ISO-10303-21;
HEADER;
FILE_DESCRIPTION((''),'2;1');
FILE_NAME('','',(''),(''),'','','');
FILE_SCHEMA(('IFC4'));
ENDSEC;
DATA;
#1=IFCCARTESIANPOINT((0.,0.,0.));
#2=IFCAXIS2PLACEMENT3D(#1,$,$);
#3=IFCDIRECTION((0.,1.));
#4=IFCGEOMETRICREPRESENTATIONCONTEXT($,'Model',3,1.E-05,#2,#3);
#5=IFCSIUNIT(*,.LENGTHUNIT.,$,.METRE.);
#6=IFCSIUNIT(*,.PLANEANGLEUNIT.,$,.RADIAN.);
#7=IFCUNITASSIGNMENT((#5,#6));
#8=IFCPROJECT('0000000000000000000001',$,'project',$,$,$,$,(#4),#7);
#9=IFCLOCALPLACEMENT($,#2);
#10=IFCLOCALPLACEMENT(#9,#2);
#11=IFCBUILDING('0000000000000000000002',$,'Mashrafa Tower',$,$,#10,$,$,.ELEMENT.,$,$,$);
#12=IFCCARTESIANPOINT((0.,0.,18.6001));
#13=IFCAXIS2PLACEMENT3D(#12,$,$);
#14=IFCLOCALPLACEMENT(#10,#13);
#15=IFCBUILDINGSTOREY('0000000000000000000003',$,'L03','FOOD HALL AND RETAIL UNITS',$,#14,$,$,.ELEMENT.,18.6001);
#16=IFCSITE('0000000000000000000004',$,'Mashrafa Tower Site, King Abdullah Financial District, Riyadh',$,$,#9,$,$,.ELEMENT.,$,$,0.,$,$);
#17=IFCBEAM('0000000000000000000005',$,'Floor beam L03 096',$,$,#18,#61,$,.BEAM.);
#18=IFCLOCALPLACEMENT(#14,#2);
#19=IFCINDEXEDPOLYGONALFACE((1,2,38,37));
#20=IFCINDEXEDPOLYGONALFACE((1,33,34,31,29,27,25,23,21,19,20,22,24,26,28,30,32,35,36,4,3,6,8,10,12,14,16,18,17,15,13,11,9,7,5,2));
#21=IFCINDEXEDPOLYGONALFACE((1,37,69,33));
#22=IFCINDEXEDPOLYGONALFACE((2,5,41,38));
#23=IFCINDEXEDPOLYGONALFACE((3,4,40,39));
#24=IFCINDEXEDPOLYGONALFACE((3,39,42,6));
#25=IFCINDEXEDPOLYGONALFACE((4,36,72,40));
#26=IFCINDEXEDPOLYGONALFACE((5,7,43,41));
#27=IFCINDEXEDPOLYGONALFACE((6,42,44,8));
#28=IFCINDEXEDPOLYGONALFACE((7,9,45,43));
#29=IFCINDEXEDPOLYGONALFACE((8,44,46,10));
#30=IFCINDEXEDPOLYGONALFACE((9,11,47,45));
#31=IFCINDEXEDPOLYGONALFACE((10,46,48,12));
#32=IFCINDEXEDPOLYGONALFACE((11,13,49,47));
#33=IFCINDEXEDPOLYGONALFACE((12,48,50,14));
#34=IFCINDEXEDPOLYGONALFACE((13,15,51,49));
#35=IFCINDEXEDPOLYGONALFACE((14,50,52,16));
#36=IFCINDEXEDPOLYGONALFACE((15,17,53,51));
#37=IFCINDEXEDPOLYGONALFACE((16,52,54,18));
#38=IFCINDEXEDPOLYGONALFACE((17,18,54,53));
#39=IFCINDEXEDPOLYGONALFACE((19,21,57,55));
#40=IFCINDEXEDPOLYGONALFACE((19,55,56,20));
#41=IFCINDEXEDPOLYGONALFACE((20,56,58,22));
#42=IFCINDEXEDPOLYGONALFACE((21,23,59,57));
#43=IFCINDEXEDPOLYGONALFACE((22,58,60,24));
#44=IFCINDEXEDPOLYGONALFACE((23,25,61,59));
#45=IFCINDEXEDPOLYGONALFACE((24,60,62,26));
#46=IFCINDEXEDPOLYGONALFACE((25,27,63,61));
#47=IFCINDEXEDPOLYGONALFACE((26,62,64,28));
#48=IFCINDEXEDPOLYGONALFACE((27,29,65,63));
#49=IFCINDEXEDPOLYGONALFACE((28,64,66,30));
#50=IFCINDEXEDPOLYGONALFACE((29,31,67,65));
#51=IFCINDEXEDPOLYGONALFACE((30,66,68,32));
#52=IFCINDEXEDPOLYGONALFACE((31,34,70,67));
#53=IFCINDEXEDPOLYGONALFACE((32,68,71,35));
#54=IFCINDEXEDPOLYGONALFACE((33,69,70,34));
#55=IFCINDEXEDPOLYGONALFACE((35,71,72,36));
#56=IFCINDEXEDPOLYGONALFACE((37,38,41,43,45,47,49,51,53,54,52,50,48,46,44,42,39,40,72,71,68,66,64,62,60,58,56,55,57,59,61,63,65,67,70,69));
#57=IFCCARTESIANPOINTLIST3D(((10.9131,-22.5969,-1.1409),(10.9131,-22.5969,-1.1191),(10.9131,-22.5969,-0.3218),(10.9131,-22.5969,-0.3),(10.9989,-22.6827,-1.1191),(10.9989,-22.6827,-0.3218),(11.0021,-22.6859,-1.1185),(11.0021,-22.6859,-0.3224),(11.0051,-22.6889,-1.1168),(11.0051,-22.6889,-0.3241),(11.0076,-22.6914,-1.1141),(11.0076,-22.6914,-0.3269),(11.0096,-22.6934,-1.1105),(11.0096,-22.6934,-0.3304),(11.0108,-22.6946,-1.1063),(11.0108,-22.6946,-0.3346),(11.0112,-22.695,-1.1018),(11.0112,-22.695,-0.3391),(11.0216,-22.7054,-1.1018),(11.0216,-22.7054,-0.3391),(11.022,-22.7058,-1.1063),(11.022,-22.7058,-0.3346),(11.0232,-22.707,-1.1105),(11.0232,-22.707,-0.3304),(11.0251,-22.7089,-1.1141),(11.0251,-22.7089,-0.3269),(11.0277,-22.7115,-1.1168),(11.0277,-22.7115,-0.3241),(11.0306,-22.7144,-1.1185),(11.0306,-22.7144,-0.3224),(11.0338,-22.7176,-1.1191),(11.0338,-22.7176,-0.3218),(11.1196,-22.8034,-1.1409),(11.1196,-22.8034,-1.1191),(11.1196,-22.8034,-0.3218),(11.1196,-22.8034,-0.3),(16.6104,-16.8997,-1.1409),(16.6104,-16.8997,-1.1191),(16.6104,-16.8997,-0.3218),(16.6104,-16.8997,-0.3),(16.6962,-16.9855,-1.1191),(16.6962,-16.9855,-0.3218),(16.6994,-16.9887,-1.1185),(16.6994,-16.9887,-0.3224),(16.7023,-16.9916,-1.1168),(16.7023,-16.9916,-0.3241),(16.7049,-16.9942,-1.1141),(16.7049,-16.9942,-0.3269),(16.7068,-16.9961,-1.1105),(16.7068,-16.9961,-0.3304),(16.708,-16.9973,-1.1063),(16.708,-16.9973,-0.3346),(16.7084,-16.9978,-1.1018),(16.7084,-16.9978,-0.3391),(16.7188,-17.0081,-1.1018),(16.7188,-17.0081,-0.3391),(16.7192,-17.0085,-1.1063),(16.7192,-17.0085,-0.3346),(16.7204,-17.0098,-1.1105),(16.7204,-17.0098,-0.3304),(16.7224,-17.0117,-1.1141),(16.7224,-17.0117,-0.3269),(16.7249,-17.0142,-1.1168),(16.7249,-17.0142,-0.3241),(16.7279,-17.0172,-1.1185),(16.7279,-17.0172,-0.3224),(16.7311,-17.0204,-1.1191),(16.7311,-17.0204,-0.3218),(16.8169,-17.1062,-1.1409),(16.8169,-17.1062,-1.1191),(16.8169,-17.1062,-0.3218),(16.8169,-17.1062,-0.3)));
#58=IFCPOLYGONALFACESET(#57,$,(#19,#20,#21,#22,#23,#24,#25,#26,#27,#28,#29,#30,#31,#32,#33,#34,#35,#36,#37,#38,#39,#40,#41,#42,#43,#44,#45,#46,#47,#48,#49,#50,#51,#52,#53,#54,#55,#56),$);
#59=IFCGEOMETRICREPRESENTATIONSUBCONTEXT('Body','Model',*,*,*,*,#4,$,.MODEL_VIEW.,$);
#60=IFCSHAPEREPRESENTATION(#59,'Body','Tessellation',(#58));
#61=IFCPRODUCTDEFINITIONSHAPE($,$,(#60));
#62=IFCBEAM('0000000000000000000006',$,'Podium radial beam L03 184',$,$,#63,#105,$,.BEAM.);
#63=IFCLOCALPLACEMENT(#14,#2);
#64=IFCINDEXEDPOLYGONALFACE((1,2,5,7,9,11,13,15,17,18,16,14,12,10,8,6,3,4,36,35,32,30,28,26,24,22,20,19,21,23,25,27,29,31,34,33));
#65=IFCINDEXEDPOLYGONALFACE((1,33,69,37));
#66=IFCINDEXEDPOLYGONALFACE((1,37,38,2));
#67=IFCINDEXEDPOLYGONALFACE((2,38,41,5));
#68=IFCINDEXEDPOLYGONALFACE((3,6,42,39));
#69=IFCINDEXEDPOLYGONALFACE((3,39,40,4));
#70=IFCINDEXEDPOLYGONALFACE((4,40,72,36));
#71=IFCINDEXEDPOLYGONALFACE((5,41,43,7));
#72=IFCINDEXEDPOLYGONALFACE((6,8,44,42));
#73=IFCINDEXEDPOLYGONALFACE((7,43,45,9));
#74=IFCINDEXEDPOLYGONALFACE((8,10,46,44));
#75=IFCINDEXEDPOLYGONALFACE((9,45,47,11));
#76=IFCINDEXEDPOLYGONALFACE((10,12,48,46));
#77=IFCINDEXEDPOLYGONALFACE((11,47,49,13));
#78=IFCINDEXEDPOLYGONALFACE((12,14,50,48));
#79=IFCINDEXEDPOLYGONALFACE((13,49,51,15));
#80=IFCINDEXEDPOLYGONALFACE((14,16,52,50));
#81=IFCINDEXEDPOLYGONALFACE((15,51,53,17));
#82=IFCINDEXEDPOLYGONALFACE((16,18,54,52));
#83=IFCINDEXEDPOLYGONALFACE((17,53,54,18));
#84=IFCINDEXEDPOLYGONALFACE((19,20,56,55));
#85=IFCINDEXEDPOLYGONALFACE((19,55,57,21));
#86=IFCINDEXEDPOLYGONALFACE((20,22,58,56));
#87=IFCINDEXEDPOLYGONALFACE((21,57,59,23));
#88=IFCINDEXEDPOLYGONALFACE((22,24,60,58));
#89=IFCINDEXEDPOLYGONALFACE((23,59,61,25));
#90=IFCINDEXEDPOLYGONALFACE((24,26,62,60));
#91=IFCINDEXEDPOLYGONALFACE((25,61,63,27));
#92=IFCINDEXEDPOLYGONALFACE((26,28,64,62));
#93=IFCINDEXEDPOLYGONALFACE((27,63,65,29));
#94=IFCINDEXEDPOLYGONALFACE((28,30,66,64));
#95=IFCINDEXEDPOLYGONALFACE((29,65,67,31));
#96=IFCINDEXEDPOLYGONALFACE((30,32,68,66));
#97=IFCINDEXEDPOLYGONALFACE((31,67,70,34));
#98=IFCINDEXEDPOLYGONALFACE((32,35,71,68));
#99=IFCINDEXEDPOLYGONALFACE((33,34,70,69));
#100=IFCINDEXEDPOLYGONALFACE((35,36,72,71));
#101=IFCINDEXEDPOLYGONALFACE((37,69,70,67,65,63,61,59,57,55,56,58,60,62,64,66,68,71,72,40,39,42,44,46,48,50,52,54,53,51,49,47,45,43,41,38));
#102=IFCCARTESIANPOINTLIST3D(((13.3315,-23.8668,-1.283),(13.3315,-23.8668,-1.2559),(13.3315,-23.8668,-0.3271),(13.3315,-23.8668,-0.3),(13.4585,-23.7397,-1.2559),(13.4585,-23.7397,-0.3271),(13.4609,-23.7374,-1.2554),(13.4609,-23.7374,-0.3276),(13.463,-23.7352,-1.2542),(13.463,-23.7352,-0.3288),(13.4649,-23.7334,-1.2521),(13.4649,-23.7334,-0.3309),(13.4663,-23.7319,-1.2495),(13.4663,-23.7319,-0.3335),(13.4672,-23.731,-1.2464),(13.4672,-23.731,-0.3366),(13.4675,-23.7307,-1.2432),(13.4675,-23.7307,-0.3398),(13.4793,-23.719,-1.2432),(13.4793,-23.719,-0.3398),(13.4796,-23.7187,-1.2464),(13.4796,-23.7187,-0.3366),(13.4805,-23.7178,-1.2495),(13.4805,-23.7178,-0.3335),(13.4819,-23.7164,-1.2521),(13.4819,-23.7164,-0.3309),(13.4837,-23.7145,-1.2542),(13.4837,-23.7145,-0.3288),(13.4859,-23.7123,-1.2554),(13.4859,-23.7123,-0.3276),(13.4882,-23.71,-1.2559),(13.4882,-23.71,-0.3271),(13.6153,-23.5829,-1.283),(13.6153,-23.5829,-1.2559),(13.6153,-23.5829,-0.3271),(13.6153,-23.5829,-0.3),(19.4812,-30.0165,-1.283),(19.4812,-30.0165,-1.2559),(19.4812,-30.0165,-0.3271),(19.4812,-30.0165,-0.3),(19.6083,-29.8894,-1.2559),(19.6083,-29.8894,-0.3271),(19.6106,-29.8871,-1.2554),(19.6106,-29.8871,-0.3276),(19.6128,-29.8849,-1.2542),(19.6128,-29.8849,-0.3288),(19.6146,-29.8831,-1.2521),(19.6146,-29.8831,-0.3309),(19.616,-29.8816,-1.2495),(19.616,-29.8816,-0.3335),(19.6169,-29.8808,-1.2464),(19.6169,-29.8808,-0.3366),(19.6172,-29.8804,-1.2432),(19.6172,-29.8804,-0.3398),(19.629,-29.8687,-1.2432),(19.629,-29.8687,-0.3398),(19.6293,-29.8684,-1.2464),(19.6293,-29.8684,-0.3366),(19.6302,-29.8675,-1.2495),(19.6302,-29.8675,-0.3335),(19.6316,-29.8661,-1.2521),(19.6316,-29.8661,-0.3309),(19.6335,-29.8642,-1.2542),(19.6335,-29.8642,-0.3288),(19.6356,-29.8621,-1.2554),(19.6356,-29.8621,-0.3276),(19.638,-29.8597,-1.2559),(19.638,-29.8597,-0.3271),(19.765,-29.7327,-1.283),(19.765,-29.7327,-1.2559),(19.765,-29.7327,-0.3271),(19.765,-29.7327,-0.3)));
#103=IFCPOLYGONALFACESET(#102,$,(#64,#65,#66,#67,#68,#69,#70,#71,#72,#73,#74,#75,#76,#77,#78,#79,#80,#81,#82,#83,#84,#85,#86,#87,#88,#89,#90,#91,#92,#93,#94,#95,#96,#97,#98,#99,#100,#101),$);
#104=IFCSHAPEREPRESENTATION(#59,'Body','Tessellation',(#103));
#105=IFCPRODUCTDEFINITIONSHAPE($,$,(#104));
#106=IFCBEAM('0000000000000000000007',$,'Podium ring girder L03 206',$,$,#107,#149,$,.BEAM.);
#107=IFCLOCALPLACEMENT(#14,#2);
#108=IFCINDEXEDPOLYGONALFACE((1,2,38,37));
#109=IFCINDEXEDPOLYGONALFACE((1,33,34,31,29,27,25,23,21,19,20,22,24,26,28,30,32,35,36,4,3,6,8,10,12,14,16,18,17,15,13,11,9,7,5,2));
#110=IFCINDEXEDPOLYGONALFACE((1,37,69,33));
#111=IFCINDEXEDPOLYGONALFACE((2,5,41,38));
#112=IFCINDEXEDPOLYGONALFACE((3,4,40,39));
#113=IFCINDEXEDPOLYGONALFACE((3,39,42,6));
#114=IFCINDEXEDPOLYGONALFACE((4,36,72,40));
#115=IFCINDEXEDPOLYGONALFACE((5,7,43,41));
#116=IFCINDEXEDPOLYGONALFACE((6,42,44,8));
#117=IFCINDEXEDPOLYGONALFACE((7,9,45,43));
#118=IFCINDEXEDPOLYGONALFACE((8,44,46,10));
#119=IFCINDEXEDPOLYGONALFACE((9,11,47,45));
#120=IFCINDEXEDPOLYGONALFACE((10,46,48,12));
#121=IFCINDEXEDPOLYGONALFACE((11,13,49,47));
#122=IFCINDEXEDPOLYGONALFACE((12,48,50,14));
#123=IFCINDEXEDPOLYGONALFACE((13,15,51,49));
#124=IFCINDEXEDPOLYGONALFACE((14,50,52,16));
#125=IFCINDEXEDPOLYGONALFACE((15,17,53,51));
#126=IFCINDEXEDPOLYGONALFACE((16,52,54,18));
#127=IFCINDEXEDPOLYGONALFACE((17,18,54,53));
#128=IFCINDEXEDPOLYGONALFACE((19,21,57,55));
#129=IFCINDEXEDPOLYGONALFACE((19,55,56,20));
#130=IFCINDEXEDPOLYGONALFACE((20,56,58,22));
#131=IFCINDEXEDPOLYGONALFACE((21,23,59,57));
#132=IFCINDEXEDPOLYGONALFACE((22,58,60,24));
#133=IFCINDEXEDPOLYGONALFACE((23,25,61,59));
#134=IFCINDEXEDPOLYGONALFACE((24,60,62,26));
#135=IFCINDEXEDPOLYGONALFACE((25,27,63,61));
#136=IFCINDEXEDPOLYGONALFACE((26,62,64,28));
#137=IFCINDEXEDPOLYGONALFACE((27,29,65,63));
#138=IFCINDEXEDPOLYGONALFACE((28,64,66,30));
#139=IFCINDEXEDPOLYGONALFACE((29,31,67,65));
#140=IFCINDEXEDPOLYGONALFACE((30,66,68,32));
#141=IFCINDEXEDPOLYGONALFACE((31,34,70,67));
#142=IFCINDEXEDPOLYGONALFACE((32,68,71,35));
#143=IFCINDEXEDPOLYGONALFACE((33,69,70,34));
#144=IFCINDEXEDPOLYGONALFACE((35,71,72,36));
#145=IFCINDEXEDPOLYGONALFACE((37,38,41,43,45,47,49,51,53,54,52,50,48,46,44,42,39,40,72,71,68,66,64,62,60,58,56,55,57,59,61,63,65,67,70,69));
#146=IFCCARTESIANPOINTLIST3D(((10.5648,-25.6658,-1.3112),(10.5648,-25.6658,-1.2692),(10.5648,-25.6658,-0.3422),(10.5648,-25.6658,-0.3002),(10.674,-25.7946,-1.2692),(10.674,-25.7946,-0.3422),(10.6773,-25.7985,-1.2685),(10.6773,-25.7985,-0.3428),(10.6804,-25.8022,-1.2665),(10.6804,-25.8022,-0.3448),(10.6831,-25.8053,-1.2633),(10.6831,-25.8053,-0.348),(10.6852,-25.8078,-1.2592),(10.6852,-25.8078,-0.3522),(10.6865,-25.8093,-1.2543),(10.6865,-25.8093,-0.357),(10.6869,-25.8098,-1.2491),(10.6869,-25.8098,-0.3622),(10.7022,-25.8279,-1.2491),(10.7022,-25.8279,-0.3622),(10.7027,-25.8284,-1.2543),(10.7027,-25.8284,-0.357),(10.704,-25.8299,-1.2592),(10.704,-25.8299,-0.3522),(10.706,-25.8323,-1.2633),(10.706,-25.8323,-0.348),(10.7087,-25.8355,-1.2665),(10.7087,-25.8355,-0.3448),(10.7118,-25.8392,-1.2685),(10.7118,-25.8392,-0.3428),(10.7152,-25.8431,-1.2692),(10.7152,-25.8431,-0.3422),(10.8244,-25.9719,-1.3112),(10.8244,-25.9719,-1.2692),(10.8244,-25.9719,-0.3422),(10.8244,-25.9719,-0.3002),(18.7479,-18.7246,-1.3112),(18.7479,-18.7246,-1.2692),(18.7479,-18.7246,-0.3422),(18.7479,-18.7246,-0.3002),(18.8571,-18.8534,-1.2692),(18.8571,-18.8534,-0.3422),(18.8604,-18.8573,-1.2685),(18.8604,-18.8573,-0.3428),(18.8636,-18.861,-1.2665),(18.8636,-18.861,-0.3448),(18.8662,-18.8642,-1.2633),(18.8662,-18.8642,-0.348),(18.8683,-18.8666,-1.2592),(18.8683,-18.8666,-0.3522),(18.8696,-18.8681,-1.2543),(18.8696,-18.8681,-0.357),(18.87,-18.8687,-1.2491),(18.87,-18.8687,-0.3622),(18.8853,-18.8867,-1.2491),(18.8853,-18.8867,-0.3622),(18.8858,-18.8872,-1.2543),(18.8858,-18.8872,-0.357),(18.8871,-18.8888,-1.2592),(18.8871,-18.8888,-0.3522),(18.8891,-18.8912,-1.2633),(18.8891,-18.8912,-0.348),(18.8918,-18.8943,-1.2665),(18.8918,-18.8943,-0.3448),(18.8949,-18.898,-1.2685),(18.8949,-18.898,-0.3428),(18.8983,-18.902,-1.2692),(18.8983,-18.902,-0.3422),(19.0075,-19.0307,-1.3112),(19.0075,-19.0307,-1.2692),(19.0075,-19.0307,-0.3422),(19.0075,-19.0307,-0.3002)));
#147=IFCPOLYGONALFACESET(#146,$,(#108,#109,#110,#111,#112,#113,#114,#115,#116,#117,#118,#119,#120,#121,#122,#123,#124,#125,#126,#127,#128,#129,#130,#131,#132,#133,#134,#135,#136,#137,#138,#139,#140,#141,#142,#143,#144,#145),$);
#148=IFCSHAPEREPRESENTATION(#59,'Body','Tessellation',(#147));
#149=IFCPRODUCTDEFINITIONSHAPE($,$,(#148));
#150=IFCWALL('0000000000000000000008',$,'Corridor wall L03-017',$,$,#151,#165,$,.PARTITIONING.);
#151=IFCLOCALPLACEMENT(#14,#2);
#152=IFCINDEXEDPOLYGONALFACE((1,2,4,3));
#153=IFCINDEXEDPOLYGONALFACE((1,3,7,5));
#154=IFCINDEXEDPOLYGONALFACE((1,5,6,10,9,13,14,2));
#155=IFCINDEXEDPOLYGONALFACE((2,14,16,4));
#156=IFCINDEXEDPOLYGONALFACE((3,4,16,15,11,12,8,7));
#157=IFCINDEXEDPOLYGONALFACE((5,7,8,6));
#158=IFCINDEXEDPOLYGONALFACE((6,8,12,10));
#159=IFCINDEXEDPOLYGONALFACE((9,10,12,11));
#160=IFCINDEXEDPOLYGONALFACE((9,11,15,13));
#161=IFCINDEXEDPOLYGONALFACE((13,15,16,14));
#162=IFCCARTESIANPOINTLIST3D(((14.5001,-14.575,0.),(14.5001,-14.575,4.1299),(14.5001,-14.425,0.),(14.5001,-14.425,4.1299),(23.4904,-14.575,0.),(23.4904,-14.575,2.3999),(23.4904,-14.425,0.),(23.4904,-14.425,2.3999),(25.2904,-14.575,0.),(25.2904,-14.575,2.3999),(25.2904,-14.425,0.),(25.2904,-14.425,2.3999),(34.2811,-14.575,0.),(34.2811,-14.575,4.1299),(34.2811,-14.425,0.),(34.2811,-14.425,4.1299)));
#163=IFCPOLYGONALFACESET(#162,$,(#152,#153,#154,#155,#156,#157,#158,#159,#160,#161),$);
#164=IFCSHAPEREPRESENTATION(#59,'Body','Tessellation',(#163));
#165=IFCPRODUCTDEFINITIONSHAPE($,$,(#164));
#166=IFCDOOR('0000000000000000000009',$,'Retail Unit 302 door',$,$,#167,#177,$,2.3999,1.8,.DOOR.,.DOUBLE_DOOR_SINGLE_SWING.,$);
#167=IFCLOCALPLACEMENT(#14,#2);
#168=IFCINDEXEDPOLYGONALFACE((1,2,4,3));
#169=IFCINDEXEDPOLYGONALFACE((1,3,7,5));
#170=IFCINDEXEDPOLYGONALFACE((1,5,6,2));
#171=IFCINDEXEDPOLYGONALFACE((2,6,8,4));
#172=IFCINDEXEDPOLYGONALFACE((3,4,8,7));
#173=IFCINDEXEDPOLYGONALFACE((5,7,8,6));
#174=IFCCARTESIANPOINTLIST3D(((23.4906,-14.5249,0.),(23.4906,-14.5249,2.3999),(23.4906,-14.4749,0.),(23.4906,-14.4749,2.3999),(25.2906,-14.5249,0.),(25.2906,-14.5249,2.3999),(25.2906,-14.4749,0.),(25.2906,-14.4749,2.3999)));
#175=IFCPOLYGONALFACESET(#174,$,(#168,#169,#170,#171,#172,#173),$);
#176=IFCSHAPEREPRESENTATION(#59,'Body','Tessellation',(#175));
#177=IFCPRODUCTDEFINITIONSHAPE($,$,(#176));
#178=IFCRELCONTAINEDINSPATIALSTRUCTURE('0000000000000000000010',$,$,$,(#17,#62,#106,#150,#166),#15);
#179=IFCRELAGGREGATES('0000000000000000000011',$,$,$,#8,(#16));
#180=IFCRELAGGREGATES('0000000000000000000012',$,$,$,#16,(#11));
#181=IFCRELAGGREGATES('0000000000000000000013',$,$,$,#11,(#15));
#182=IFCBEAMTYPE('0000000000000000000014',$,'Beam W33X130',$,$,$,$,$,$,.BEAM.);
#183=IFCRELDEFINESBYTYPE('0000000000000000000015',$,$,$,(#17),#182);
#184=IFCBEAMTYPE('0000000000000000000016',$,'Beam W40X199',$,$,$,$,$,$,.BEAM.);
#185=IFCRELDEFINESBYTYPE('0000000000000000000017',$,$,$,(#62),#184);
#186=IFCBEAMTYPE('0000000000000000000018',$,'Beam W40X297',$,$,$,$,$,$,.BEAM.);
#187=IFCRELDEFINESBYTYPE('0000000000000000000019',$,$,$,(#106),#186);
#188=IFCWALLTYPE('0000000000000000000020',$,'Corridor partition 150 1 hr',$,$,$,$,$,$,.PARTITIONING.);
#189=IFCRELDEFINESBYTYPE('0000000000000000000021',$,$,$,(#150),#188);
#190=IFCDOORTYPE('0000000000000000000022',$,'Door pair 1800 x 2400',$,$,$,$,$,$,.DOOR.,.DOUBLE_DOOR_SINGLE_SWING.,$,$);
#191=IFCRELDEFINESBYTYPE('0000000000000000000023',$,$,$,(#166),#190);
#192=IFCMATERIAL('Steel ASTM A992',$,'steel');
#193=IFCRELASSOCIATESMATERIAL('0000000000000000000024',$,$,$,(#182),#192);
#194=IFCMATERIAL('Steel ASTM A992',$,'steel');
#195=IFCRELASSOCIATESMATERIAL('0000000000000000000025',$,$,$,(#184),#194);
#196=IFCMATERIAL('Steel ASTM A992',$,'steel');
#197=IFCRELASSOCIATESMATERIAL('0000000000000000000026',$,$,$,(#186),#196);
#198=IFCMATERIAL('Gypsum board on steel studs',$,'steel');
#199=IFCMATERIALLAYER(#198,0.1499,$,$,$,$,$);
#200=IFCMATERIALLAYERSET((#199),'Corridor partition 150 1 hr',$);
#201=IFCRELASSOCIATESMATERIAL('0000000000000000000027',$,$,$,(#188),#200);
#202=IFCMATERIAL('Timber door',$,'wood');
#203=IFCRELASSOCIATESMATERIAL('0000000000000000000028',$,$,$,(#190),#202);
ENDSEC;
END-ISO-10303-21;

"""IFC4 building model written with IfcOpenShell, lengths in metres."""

from ifc_helpers import new_model, si_unit, direction, frame, frame_2d, origin, origin_2d, place, context, subcontext, project, spatial, rectangle, i_section, extrude, material, layer, layer_set, material_profile, profile_set, type_object, element, fill, save


model = new_model("IFC4")

# Units and contexts
model_context = context("Model", 3, precision=1e-05, world=origin(), true_north=direction((0.0, 1.0)))
body_context = subcontext(model_context, "Body", "Model", "MODEL_VIEW")
ifc_project = project(units=[si_unit("LENGTHUNIT", "METRE"), si_unit("PLANEANGLEUNIT", "RADIAN")], contexts=[model_context])

# Site, building, storey
site_placement = place(None, origin())
site = spatial("IfcSite", under=ifc_project, at=site_placement, Name="Mashrafa Tower Site, King Abdullah Financial District, Riyadh", CompositionType="ELEMENT", RefElevation=0.0)
building_placement = place(site_placement, origin())
building = spatial("IfcBuilding", under=site, at=building_placement, Name="Mashrafa Tower", CompositionType="ELEMENT")
storey_placement = place(building_placement, frame((0.0, 0.0, 18.6001)))
storey = spatial("IfcBuildingStorey", under=building, at=storey_placement, Name="L03", Description="FOOD HALL AND RETAIL UNITS", CompositionType="ELEMENT", Elevation=18.6001)

# Beams
ifc_material_1 = material(Name="Steel ASTM A992", Category="steel")
ifc_material_profile_1 = material_profile(ifc_material_1, i_section(OverallWidth=0.292, OverallDepth=0.8408, WebThickness=0.0146, FlangeThickness=0.0217, FilletRadius=0.0173, at=origin_2d()), Name="W33X130")
ifc_profile_set_1 = profile_set([ifc_material_profile_1], Name="Steel ASTM A992")
beam_type_1 = type_object("IfcBeamType", Name="Beam W33X130", PredefinedType="BEAM", material=ifc_profile_set_1)
beam_1_placement = place(storey_placement, frame((16.7136, -17.0029, -0.7205), z_axis=(-0.707107, -0.707107, 0.0), x_axis=(0.707107, -0.707107, 0.0)))
element("IfcBeam", 1, at=beam_1_placement, inside=storey, type_object=beam_type_1, Name="Floor beam L03 096", PredefinedType="BEAM", context=body_context, shape_type="SweptSolid", body=[
    extrude(i_section(OverallWidth=0.292, OverallDepth=0.8408, WebThickness=0.0146, FlangeThickness=0.0217, FilletRadius=0.0173, at=origin_2d()), origin(), (0.0, 0.0, 1.0), 8.0571),
])
ifc_material_2 = material(Name="Steel ASTM A992", Category="steel")
ifc_material_profile_2 = material_profile(ifc_material_2, i_section(OverallWidth=0.4014, OverallDepth=0.9829, WebThickness=0.0166, FlangeThickness=0.0271, FilletRadius=0.0127, at=origin_2d()), Name="W40X199")
ifc_profile_set_2 = profile_set([ifc_material_profile_2], Name="Steel ASTM A992")
beam_type_2 = type_object("IfcBeamType", Name="Beam W40X199", PredefinedType="BEAM", material=ifc_profile_set_2)
beam_2_placement = place(storey_placement, frame((13.4734, -23.7249, -0.7915), z_axis=(0.707107, -0.707107, 0.0), x_axis=(0.707107, 0.707107, 0.0)))
element("IfcBeam", 2, at=beam_2_placement, inside=storey, type_object=beam_type_2, Name="Podium radial beam L03 184", PredefinedType="BEAM", context=body_context, shape_type="SweptSolid", body=[
    extrude(i_section(OverallWidth=0.4014, OverallDepth=0.9829, WebThickness=0.0166, FlangeThickness=0.0271, FilletRadius=0.0127, at=origin_2d()), origin(), (0.0, 0.0, 1.0), 8.697),
])
ifc_material_3 = material(Name="Steel ASTM A992", Category="steel")
ifc_material_profile_3 = material_profile(ifc_material_3, i_section(OverallWidth=0.4014, OverallDepth=1.011, WebThickness=0.0237, FlangeThickness=0.042, FilletRadius=0.02, at=origin_2d()), Name="W40X297")
ifc_profile_set_3 = profile_set([ifc_material_profile_3], Name="Steel ASTM A992")
beam_type_3 = type_object("IfcBeamType", Name="Beam W40X297", PredefinedType="BEAM", material=ifc_profile_set_3)
beam_3_placement = place(storey_placement, frame((10.6946, -25.8188, -0.8057), z_axis=(0.762605, 0.646865, 0.0), x_axis=(-0.646865, 0.762605, 0.0)))
element("IfcBeam", 3, at=beam_3_placement, inside=storey, type_object=beam_type_3, Name="Podium ring girder L03 206", PredefinedType="BEAM", context=body_context, shape_type="SweptSolid", body=[
    extrude(i_section(OverallWidth=0.4014, OverallDepth=1.011, WebThickness=0.0237, FlangeThickness=0.042, FilletRadius=0.02, at=origin_2d()), origin(), (0.0, 0.0, 1.0), 10.7305),
])

# Wall, opening, door
ifc_material_4 = material(Name="Gypsum board on steel studs", Category="steel")
ifc_layer_1 = layer(ifc_material_4, 0.1499)
ifc_layer_set_1 = layer_set([ifc_layer_1], Name="Corridor partition 150 1 hr")
wall_type_1 = type_object("IfcWallType", Name="Corridor partition 150 1 hr", PredefinedType="PARTITIONING", material=ifc_layer_set_1)
wall_1_placement = place(storey_placement, frame((14.5, -14.5, 0.0), z_axis=(0.0, 0.0, 1.0), x_axis=(1.0, 0.0, 0.0)))
wall_1 = element("IfcWall", 4, at=wall_1_placement, inside=storey, type_object=wall_type_1, Name="Corridor wall L03-017", PredefinedType="PARTITIONING", context=body_context, shape_type="SweptSolid", body=[
    extrude(rectangle(XDim=19.781, YDim=0.1499, at=frame_2d((9.8906, 0.0))), origin(), (0.0, 0.0, 1.0), 4.1299),
])
opening_1_placement = place(wall_1_placement, frame((8.9905, 0.0, 0.0)))
opening_1 = element("IfcOpeningElement", 5, at=opening_1_placement, cuts=wall_1, PredefinedType="OPENING", context=body_context, shape_type="SweptSolid", body=[
    extrude(rectangle(XDim=1.8, YDim=2.3999, at=frame_2d((0.8999, 1.2))), frame((0.0, 0.085, 0.0), z_axis=(0.0, -1.0, 0.0), x_axis=(1.0, 0.0, 0.0)), (0.0, 0.0, 1.0), 0.1699),
])
ifc_material_5 = material(Name="Timber door", Category="wood")
door_type = type_object("IfcDoorType", Name="Door pair 1800 x 2400", OperationType="DOUBLE_DOOR_SINGLE_SWING", PredefinedType="DOOR", material=ifc_material_5)
door_placement = place(opening_1_placement, frame((1.8, 0.0, 0.0), z_axis=(0.0, 0.0, 1.0), x_axis=(-1.0, 0.0, 0.0)))
door = element("IfcDoor", 6, at=door_placement, inside=storey, type_object=door_type, Name="Retail Unit 302 door", OperationType="DOUBLE_DOOR_SINGLE_SWING", OverallHeight=2.3999, OverallWidth=1.8, PredefinedType="DOOR", context=body_context, shape_type="SweptSolid", body=[
    extrude(rectangle(XDim=1.8, YDim=2.3999, at=frame_2d((0.8999, 1.2))), frame((0.0, 0.0249, 0.0), z_axis=(0.0, -1.0, 0.0), x_axis=(1.0, 0.0, 0.0)), (0.0, 0.0, 1.0), 0.05),
])
fill(opening_1, door)

save(model, "model.ifc")
